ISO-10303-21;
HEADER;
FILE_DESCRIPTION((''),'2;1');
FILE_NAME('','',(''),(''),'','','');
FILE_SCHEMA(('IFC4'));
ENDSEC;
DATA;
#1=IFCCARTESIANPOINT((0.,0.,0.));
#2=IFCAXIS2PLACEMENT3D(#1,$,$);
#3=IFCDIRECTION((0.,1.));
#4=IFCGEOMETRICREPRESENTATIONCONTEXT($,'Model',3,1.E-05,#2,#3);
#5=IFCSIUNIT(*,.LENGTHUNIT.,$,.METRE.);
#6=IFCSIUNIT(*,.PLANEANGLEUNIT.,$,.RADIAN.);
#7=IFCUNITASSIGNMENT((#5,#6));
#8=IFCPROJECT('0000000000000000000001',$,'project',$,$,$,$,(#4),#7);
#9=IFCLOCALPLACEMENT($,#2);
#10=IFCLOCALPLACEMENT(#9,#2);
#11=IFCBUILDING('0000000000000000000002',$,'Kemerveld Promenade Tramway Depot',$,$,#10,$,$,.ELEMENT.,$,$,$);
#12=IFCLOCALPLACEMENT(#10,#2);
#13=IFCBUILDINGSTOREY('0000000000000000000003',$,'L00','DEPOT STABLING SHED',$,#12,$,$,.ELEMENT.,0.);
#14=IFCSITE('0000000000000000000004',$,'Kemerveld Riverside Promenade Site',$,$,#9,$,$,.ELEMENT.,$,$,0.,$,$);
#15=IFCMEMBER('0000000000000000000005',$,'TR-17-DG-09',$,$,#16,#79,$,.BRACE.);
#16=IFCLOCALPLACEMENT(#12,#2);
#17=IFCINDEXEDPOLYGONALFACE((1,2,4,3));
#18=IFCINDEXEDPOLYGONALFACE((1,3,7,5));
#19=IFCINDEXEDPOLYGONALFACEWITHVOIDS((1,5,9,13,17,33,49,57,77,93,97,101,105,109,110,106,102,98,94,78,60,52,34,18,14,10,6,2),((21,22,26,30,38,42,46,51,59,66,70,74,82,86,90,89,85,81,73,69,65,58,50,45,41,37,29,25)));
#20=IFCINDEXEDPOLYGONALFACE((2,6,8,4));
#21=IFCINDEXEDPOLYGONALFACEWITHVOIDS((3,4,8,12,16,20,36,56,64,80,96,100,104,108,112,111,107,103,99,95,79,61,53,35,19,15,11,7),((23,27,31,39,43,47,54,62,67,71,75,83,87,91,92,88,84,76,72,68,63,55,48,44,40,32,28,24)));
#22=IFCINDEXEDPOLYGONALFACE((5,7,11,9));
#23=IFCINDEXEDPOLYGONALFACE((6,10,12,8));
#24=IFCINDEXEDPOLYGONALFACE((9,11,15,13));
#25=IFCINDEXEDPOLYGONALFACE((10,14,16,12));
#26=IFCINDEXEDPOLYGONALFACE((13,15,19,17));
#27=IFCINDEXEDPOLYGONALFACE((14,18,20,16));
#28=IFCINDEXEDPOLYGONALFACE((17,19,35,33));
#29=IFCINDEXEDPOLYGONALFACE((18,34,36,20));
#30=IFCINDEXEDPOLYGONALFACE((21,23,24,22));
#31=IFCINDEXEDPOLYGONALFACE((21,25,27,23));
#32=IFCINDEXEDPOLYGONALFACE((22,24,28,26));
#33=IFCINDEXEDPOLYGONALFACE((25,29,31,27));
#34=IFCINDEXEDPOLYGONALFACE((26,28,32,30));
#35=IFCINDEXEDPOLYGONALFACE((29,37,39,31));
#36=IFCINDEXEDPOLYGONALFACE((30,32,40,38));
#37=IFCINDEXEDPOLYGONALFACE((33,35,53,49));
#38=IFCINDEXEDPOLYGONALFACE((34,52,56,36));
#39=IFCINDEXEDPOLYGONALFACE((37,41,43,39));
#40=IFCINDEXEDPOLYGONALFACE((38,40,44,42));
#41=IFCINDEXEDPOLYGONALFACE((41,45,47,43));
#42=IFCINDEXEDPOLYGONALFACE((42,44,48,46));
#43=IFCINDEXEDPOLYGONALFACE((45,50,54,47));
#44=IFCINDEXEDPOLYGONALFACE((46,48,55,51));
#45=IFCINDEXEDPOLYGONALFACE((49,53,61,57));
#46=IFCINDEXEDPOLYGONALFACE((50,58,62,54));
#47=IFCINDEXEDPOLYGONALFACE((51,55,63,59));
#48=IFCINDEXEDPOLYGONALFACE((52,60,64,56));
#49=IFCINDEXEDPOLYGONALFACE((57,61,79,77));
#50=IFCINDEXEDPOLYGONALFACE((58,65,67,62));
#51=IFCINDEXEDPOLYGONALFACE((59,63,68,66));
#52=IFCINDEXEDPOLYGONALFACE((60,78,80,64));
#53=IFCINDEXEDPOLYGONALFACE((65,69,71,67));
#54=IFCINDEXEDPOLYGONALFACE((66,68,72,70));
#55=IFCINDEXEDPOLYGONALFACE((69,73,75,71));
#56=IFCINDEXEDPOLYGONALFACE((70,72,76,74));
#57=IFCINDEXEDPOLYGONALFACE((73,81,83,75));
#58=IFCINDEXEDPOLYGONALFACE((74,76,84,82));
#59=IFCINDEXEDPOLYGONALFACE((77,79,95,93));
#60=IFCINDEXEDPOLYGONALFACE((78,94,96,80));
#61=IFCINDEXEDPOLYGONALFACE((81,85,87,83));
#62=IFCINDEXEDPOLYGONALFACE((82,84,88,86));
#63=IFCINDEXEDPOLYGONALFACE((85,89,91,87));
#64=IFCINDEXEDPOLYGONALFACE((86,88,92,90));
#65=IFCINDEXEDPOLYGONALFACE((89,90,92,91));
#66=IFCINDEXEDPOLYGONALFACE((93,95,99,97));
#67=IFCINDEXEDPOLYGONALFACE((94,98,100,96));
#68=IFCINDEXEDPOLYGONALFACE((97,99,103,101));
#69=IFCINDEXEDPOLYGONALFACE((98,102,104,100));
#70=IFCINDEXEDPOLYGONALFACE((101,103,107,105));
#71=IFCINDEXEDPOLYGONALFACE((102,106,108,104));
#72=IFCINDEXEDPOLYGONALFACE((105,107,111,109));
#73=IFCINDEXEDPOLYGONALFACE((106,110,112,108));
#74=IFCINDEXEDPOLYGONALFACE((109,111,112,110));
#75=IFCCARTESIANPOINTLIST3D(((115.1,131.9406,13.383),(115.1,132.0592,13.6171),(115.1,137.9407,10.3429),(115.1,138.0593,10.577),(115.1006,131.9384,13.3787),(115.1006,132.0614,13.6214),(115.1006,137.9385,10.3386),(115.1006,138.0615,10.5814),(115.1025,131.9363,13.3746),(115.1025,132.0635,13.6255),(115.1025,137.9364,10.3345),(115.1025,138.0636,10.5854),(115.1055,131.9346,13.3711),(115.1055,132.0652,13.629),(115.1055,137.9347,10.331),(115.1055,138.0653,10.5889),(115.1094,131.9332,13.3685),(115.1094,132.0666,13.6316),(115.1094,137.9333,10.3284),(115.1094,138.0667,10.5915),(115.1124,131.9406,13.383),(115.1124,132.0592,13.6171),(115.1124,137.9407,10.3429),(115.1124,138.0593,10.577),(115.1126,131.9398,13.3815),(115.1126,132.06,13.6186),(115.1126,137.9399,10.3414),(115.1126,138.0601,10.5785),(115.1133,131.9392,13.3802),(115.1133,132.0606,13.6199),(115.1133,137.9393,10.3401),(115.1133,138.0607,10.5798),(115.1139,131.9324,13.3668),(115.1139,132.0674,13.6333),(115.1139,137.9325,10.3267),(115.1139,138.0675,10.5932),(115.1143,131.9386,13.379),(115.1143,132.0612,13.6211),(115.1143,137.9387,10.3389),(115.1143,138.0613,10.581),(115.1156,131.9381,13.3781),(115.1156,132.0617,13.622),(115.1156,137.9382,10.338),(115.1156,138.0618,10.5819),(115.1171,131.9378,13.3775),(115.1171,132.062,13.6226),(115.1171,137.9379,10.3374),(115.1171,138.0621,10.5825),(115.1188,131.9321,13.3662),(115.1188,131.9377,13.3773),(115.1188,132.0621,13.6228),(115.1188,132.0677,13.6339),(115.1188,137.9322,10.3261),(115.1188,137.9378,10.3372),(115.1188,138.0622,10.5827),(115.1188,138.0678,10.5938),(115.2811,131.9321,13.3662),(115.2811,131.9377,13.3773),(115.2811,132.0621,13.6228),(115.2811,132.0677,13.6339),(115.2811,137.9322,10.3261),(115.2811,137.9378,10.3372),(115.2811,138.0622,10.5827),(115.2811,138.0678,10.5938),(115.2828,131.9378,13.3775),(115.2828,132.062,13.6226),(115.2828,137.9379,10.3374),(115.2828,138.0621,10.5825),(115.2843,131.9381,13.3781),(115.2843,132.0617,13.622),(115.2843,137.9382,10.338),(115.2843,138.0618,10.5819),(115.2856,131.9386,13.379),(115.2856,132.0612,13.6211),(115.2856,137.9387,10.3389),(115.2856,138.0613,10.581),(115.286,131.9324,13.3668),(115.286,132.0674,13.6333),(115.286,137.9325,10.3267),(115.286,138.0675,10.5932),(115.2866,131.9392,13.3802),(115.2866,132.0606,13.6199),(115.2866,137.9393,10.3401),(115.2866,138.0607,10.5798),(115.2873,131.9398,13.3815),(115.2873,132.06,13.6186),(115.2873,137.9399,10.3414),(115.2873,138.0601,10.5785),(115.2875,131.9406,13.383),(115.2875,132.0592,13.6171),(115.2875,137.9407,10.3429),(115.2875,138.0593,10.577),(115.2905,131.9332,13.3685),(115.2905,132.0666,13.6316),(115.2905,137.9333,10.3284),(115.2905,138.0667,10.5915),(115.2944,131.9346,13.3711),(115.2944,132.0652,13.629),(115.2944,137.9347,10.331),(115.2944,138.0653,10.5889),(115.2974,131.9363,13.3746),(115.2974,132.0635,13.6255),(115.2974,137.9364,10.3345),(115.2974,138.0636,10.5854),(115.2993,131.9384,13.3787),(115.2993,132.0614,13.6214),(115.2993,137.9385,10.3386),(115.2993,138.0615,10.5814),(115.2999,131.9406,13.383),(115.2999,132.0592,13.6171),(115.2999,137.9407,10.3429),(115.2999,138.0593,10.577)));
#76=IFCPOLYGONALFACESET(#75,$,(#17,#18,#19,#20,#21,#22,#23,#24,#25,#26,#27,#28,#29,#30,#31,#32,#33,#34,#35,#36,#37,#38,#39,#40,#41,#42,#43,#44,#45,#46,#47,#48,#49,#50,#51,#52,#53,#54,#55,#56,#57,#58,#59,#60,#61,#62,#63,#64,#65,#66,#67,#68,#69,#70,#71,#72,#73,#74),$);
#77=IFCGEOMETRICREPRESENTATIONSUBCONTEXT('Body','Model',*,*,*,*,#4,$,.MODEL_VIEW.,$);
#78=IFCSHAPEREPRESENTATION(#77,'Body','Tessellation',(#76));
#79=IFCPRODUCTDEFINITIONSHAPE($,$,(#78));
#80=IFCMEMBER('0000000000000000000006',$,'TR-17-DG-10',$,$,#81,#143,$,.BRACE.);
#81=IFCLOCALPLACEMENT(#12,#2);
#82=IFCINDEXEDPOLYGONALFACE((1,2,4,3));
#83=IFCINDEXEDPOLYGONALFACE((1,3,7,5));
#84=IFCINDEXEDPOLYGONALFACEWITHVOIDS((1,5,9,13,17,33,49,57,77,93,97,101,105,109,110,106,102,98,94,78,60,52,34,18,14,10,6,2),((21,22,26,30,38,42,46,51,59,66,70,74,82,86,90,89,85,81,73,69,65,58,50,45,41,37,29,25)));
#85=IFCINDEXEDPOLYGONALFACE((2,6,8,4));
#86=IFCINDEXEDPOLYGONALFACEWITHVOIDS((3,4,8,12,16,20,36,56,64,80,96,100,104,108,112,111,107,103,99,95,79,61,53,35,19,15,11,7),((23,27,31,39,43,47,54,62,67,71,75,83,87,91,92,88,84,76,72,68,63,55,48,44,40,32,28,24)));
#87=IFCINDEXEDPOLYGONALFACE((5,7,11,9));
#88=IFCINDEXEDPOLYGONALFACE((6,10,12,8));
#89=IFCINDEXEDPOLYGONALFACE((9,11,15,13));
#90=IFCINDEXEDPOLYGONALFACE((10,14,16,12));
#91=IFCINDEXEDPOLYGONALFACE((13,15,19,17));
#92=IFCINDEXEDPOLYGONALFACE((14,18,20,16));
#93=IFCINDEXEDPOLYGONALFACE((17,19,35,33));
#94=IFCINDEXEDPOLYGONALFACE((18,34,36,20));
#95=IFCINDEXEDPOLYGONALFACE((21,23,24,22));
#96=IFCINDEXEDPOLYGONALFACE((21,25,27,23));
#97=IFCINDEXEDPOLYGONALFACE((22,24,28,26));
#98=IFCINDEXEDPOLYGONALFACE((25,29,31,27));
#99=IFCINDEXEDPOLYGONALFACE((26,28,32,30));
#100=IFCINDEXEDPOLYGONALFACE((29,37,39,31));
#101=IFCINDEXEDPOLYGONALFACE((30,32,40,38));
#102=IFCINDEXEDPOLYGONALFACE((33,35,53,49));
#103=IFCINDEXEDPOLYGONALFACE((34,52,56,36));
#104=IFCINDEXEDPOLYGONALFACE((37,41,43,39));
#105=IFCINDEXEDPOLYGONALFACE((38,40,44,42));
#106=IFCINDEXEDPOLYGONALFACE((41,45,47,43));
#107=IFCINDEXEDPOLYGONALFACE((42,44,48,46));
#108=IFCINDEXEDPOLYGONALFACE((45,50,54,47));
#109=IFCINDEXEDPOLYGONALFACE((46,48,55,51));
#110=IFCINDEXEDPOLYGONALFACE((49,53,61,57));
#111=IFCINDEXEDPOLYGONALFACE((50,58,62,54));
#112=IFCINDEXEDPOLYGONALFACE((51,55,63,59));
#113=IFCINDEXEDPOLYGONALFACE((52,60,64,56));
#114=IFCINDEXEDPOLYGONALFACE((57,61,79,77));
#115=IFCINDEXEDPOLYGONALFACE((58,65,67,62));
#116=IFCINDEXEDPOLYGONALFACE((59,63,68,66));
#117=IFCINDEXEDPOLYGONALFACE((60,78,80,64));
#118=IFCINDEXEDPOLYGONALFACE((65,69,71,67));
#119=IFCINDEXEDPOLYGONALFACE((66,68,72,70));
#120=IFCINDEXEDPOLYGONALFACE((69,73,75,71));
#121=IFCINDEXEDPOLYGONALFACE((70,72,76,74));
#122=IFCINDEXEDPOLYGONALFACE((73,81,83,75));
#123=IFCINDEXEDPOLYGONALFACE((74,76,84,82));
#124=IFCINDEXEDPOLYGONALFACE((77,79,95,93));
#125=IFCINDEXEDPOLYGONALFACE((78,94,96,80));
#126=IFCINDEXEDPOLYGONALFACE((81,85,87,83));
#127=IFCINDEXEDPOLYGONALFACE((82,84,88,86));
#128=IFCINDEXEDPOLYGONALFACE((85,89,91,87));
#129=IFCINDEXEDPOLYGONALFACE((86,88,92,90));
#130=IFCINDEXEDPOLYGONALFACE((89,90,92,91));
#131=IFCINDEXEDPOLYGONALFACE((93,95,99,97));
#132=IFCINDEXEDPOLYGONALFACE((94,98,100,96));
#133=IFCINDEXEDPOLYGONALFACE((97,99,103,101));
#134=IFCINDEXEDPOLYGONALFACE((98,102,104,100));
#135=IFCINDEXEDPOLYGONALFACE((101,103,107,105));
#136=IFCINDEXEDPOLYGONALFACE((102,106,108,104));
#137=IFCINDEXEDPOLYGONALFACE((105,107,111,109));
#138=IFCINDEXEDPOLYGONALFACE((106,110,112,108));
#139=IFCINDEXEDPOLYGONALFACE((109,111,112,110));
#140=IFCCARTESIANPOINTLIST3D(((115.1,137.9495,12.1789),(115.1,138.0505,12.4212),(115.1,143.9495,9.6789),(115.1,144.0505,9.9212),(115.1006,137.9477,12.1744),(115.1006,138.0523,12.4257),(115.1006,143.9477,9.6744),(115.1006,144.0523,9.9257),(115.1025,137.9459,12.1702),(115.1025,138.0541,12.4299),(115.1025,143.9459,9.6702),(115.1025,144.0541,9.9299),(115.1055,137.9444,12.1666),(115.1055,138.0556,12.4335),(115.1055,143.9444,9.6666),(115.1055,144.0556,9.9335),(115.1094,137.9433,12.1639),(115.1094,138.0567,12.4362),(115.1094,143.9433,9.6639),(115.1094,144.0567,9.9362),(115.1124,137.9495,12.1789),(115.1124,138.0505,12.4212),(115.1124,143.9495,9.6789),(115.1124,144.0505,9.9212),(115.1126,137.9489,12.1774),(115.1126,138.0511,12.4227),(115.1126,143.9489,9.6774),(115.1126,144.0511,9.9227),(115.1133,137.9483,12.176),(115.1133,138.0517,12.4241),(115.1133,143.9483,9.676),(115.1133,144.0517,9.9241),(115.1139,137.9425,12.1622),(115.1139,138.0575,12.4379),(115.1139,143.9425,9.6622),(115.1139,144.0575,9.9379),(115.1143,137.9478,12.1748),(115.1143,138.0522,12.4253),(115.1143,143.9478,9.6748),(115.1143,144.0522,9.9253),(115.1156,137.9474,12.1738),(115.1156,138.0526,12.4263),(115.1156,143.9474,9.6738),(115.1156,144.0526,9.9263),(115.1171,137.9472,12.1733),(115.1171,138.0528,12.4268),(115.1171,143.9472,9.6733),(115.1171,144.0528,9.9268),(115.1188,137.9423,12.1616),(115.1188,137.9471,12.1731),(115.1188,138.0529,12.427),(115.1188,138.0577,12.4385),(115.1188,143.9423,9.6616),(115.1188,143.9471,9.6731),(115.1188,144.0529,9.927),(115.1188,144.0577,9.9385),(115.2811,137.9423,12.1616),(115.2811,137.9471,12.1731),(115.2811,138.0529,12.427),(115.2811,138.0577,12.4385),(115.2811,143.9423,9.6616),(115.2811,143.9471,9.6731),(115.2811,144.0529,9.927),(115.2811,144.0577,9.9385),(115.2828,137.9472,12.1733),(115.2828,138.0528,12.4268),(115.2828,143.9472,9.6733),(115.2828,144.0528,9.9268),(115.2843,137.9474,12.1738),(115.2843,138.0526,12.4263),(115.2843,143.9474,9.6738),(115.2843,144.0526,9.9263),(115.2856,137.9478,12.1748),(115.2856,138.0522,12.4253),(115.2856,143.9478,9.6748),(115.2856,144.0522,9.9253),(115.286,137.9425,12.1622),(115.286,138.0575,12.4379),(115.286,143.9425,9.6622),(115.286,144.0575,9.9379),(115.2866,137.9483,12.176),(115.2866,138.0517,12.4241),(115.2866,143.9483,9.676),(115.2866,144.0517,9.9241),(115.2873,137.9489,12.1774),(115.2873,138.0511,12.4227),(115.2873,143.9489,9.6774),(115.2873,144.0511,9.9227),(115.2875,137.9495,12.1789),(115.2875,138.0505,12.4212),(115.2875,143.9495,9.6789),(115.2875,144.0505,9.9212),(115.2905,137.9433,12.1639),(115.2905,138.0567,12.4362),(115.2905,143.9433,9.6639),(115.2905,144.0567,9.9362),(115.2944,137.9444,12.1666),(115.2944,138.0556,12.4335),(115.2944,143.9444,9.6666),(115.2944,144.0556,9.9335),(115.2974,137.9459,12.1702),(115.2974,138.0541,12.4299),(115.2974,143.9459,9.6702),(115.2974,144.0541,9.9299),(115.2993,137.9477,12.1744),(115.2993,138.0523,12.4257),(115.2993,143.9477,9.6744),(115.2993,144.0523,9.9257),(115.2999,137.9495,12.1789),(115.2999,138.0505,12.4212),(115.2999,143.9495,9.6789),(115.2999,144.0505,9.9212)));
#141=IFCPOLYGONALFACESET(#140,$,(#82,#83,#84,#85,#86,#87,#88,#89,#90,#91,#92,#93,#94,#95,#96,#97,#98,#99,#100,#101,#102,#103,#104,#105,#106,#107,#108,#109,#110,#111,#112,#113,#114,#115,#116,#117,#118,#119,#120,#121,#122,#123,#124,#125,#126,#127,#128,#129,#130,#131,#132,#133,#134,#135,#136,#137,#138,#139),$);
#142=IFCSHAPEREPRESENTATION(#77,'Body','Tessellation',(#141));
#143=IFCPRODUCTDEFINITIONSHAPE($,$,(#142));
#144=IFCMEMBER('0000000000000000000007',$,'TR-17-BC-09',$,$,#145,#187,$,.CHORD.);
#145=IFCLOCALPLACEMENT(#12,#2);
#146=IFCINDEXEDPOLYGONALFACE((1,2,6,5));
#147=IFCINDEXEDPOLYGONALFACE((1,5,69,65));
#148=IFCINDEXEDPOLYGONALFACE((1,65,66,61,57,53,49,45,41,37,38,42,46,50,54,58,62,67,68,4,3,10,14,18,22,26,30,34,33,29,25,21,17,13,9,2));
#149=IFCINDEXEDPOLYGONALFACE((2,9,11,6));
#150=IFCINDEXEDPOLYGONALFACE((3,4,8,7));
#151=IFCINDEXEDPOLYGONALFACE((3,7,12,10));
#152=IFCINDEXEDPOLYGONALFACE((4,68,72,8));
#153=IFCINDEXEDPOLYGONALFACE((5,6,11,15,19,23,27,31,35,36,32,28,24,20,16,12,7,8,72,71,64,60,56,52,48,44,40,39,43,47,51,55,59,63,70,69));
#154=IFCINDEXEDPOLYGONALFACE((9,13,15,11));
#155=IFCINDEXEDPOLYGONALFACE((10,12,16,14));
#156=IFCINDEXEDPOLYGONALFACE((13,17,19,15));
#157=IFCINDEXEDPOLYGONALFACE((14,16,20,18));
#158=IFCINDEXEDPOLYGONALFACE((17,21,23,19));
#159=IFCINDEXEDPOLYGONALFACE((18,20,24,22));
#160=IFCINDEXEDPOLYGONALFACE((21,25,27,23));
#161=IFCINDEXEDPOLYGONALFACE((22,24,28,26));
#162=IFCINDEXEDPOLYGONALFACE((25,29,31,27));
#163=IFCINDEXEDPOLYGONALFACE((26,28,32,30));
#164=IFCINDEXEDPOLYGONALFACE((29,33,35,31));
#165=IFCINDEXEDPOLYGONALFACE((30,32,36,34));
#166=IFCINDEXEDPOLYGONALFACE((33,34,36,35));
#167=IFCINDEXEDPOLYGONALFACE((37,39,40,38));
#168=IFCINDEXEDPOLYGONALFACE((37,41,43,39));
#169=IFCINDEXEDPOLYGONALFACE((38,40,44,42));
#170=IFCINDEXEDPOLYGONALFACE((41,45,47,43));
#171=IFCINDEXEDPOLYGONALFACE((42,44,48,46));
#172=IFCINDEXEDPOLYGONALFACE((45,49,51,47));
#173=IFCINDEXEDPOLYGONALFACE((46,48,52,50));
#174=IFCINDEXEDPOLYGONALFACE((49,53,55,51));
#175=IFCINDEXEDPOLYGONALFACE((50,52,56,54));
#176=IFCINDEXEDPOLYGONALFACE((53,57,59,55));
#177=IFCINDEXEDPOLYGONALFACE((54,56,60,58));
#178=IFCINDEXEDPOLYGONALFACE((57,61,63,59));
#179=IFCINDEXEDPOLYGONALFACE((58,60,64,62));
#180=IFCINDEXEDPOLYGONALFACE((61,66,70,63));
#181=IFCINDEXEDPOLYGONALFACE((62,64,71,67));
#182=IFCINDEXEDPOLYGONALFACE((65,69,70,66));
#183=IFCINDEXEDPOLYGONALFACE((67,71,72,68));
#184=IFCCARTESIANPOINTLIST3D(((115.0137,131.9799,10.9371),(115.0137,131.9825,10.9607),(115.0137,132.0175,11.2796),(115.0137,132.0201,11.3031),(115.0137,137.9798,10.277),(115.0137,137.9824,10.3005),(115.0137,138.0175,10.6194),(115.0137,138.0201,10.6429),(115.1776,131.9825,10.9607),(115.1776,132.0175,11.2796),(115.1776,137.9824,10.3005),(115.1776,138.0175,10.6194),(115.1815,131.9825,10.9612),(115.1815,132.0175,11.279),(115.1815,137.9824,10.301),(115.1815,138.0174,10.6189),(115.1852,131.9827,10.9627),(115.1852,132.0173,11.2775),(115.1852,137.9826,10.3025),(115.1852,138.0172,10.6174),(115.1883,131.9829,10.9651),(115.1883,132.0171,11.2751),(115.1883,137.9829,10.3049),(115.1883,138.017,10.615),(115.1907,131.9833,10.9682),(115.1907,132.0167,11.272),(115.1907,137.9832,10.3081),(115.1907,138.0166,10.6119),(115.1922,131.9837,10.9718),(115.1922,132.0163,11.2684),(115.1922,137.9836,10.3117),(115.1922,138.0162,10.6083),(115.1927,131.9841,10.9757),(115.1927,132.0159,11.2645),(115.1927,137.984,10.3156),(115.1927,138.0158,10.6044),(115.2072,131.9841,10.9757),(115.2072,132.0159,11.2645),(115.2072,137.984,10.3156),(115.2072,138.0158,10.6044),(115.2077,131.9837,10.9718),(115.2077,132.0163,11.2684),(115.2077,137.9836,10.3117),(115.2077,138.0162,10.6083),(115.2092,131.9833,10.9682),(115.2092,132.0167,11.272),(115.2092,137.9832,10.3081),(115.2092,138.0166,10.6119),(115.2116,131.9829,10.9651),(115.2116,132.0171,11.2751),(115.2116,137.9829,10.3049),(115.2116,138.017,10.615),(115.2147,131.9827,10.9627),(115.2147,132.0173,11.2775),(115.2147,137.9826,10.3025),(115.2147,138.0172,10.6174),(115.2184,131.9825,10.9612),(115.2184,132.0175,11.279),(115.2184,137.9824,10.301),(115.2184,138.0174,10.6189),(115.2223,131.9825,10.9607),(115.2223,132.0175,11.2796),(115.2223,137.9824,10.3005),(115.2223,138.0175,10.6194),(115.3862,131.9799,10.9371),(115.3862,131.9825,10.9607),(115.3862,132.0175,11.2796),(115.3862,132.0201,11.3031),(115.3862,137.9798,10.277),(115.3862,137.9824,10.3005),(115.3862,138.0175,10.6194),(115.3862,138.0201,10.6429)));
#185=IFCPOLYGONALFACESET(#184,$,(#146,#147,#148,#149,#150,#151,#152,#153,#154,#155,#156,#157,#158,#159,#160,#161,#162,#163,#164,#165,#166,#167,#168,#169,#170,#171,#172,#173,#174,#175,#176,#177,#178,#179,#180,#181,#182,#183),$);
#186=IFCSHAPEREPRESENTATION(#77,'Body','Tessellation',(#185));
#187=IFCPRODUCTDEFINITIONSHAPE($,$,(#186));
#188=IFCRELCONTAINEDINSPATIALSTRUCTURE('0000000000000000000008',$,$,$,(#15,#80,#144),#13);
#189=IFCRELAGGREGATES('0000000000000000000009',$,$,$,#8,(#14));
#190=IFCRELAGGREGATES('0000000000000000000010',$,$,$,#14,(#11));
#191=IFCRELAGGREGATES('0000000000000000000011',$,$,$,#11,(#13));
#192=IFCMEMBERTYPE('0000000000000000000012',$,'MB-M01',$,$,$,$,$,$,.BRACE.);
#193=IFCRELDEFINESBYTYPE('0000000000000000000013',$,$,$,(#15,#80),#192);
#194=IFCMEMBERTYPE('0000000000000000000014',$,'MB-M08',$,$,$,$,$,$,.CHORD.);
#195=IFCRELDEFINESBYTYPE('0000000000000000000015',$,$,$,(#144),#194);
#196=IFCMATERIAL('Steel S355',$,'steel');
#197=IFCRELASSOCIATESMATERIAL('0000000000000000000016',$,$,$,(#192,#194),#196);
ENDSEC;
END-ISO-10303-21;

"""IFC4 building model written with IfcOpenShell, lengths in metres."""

from ifc_helpers import new_model, si_unit, direction, frame, origin, origin_2d, place, context, subcontext, project, spatial, hollow_rectangle, i_section, extrude, material, material_profile, profile_set, type_object, element, save


model = new_model("IFC4")

# Units and contexts
model_context = context("Model", 3, precision=1e-05, world=origin(), true_north=direction((0.0, 1.0)))
body_context = subcontext(model_context, "Body", "Model", "MODEL_VIEW")
ifc_project = project(units=[si_unit("LENGTHUNIT", "METRE"), si_unit("PLANEANGLEUNIT", "RADIAN")], contexts=[model_context])

# Site, building, storey
site_placement = place(None, origin())
site = spatial("IfcSite", under=ifc_project, at=site_placement, Name="Kemerveld Riverside Promenade Site", CompositionType="ELEMENT", RefElevation=0.0)
building_placement = place(site_placement, origin())
building = spatial("IfcBuilding", under=site, at=building_placement, Name="Kemerveld Promenade Tramway Depot", CompositionType="ELEMENT")
storey_placement = place(building_placement, origin())
storey = spatial("IfcBuildingStorey", under=building, at=storey_placement, Name="L00", Description="DEPOT STABLING SHED", CompositionType="ELEMENT", Elevation=0.0)

# Shared definitions
ifc_material_1 = material(Name="Steel S355", Category="steel")

# Members
ifc_material_profile_1 = material_profile(ifc_material_1, hollow_rectangle(XDim=0.2, YDim=0.3, WallThickness=0.0125, InnerFilletRadius=0.0063, OuterFilletRadius=0.0188, at=origin_2d()), Name="300x200x12.5 RHS")
ifc_profile_set_1 = profile_set([ifc_material_profile_1], Name="Steel S355")
member_type_1 = type_object("IfcMemberType", Name="MB-M01", PredefinedType="BRACE", material=ifc_profile_set_1)
member_1_placement = place(storey_placement, frame((115.2, 138.0, 10.46), z_axis=(0.0, -0.892033, 0.451969), x_axis=(1.0, 0.0, 0.0)))
element("IfcMember", 1, at=member_1_placement, inside=storey, type_object=member_type_1, Name="TR-17-DG-09", PredefinedType="BRACE", context=body_context, shape_type="SweptSolid", body=[
    extrude(hollow_rectangle(XDim=0.2, YDim=0.3, WallThickness=0.0125, InnerFilletRadius=0.0063, OuterFilletRadius=0.0188, at=origin_2d()), origin(), (0.0, 0.0, 1.0), 6.7263),
])
member_2_placement = place(storey_placement, frame((115.2, 144.0, 9.8), z_axis=(0.0, -0.923077, 0.384615), x_axis=(1.0, 0.0, 0.0)))
element("IfcMember", 2, at=member_2_placement, inside=storey, type_object=member_type_1, Name="TR-17-DG-10", PredefinedType="BRACE", context=body_context, shape_type="SweptSolid", body=[
    extrude(hollow_rectangle(XDim=0.2, YDim=0.3, WallThickness=0.0125, InnerFilletRadius=0.0063, OuterFilletRadius=0.0188, at=origin_2d()), origin(), (0.0, 0.0, 1.0), 6.5),
])
ifc_material_profile_2 = material_profile(ifc_material_1, i_section(OverallWidth=0.3726, OverallDepth=0.3682, WebThickness=0.0144, FlangeThickness=0.0237, FilletRadius=0.0151, at=origin_2d()), Name="356x368x177 UC")
ifc_profile_set_2 = profile_set([ifc_material_profile_2], Name="Steel S355")
member_type_2 = type_object("IfcMemberType", Name="MB-M08", PredefinedType="CHORD", material=ifc_profile_set_2)
for number, where, z_axis, x_axis, name in (
    (3, (115.2, 132.0, 11.1201), (0.0, 0.994002, -0.109366), (-1.0, 0.0, 0.0), "TR-17-BC-09"),
):
    element("IfcMember", number, at=place(storey_placement, frame(where, z_axis=z_axis, x_axis=x_axis)), inside=storey, type_object=member_type_2, Name=name, PredefinedType="CHORD", context=body_context, shape_type="SweptSolid", body=[
        extrude(i_section(OverallWidth=0.3726, OverallDepth=0.3682, WebThickness=0.0144, FlangeThickness=0.0237, FilletRadius=0.0151, at=origin_2d()), origin(), (0.0, 0.0, 1.0), 6.0361),
    ])

save(model, "model.ifc")
